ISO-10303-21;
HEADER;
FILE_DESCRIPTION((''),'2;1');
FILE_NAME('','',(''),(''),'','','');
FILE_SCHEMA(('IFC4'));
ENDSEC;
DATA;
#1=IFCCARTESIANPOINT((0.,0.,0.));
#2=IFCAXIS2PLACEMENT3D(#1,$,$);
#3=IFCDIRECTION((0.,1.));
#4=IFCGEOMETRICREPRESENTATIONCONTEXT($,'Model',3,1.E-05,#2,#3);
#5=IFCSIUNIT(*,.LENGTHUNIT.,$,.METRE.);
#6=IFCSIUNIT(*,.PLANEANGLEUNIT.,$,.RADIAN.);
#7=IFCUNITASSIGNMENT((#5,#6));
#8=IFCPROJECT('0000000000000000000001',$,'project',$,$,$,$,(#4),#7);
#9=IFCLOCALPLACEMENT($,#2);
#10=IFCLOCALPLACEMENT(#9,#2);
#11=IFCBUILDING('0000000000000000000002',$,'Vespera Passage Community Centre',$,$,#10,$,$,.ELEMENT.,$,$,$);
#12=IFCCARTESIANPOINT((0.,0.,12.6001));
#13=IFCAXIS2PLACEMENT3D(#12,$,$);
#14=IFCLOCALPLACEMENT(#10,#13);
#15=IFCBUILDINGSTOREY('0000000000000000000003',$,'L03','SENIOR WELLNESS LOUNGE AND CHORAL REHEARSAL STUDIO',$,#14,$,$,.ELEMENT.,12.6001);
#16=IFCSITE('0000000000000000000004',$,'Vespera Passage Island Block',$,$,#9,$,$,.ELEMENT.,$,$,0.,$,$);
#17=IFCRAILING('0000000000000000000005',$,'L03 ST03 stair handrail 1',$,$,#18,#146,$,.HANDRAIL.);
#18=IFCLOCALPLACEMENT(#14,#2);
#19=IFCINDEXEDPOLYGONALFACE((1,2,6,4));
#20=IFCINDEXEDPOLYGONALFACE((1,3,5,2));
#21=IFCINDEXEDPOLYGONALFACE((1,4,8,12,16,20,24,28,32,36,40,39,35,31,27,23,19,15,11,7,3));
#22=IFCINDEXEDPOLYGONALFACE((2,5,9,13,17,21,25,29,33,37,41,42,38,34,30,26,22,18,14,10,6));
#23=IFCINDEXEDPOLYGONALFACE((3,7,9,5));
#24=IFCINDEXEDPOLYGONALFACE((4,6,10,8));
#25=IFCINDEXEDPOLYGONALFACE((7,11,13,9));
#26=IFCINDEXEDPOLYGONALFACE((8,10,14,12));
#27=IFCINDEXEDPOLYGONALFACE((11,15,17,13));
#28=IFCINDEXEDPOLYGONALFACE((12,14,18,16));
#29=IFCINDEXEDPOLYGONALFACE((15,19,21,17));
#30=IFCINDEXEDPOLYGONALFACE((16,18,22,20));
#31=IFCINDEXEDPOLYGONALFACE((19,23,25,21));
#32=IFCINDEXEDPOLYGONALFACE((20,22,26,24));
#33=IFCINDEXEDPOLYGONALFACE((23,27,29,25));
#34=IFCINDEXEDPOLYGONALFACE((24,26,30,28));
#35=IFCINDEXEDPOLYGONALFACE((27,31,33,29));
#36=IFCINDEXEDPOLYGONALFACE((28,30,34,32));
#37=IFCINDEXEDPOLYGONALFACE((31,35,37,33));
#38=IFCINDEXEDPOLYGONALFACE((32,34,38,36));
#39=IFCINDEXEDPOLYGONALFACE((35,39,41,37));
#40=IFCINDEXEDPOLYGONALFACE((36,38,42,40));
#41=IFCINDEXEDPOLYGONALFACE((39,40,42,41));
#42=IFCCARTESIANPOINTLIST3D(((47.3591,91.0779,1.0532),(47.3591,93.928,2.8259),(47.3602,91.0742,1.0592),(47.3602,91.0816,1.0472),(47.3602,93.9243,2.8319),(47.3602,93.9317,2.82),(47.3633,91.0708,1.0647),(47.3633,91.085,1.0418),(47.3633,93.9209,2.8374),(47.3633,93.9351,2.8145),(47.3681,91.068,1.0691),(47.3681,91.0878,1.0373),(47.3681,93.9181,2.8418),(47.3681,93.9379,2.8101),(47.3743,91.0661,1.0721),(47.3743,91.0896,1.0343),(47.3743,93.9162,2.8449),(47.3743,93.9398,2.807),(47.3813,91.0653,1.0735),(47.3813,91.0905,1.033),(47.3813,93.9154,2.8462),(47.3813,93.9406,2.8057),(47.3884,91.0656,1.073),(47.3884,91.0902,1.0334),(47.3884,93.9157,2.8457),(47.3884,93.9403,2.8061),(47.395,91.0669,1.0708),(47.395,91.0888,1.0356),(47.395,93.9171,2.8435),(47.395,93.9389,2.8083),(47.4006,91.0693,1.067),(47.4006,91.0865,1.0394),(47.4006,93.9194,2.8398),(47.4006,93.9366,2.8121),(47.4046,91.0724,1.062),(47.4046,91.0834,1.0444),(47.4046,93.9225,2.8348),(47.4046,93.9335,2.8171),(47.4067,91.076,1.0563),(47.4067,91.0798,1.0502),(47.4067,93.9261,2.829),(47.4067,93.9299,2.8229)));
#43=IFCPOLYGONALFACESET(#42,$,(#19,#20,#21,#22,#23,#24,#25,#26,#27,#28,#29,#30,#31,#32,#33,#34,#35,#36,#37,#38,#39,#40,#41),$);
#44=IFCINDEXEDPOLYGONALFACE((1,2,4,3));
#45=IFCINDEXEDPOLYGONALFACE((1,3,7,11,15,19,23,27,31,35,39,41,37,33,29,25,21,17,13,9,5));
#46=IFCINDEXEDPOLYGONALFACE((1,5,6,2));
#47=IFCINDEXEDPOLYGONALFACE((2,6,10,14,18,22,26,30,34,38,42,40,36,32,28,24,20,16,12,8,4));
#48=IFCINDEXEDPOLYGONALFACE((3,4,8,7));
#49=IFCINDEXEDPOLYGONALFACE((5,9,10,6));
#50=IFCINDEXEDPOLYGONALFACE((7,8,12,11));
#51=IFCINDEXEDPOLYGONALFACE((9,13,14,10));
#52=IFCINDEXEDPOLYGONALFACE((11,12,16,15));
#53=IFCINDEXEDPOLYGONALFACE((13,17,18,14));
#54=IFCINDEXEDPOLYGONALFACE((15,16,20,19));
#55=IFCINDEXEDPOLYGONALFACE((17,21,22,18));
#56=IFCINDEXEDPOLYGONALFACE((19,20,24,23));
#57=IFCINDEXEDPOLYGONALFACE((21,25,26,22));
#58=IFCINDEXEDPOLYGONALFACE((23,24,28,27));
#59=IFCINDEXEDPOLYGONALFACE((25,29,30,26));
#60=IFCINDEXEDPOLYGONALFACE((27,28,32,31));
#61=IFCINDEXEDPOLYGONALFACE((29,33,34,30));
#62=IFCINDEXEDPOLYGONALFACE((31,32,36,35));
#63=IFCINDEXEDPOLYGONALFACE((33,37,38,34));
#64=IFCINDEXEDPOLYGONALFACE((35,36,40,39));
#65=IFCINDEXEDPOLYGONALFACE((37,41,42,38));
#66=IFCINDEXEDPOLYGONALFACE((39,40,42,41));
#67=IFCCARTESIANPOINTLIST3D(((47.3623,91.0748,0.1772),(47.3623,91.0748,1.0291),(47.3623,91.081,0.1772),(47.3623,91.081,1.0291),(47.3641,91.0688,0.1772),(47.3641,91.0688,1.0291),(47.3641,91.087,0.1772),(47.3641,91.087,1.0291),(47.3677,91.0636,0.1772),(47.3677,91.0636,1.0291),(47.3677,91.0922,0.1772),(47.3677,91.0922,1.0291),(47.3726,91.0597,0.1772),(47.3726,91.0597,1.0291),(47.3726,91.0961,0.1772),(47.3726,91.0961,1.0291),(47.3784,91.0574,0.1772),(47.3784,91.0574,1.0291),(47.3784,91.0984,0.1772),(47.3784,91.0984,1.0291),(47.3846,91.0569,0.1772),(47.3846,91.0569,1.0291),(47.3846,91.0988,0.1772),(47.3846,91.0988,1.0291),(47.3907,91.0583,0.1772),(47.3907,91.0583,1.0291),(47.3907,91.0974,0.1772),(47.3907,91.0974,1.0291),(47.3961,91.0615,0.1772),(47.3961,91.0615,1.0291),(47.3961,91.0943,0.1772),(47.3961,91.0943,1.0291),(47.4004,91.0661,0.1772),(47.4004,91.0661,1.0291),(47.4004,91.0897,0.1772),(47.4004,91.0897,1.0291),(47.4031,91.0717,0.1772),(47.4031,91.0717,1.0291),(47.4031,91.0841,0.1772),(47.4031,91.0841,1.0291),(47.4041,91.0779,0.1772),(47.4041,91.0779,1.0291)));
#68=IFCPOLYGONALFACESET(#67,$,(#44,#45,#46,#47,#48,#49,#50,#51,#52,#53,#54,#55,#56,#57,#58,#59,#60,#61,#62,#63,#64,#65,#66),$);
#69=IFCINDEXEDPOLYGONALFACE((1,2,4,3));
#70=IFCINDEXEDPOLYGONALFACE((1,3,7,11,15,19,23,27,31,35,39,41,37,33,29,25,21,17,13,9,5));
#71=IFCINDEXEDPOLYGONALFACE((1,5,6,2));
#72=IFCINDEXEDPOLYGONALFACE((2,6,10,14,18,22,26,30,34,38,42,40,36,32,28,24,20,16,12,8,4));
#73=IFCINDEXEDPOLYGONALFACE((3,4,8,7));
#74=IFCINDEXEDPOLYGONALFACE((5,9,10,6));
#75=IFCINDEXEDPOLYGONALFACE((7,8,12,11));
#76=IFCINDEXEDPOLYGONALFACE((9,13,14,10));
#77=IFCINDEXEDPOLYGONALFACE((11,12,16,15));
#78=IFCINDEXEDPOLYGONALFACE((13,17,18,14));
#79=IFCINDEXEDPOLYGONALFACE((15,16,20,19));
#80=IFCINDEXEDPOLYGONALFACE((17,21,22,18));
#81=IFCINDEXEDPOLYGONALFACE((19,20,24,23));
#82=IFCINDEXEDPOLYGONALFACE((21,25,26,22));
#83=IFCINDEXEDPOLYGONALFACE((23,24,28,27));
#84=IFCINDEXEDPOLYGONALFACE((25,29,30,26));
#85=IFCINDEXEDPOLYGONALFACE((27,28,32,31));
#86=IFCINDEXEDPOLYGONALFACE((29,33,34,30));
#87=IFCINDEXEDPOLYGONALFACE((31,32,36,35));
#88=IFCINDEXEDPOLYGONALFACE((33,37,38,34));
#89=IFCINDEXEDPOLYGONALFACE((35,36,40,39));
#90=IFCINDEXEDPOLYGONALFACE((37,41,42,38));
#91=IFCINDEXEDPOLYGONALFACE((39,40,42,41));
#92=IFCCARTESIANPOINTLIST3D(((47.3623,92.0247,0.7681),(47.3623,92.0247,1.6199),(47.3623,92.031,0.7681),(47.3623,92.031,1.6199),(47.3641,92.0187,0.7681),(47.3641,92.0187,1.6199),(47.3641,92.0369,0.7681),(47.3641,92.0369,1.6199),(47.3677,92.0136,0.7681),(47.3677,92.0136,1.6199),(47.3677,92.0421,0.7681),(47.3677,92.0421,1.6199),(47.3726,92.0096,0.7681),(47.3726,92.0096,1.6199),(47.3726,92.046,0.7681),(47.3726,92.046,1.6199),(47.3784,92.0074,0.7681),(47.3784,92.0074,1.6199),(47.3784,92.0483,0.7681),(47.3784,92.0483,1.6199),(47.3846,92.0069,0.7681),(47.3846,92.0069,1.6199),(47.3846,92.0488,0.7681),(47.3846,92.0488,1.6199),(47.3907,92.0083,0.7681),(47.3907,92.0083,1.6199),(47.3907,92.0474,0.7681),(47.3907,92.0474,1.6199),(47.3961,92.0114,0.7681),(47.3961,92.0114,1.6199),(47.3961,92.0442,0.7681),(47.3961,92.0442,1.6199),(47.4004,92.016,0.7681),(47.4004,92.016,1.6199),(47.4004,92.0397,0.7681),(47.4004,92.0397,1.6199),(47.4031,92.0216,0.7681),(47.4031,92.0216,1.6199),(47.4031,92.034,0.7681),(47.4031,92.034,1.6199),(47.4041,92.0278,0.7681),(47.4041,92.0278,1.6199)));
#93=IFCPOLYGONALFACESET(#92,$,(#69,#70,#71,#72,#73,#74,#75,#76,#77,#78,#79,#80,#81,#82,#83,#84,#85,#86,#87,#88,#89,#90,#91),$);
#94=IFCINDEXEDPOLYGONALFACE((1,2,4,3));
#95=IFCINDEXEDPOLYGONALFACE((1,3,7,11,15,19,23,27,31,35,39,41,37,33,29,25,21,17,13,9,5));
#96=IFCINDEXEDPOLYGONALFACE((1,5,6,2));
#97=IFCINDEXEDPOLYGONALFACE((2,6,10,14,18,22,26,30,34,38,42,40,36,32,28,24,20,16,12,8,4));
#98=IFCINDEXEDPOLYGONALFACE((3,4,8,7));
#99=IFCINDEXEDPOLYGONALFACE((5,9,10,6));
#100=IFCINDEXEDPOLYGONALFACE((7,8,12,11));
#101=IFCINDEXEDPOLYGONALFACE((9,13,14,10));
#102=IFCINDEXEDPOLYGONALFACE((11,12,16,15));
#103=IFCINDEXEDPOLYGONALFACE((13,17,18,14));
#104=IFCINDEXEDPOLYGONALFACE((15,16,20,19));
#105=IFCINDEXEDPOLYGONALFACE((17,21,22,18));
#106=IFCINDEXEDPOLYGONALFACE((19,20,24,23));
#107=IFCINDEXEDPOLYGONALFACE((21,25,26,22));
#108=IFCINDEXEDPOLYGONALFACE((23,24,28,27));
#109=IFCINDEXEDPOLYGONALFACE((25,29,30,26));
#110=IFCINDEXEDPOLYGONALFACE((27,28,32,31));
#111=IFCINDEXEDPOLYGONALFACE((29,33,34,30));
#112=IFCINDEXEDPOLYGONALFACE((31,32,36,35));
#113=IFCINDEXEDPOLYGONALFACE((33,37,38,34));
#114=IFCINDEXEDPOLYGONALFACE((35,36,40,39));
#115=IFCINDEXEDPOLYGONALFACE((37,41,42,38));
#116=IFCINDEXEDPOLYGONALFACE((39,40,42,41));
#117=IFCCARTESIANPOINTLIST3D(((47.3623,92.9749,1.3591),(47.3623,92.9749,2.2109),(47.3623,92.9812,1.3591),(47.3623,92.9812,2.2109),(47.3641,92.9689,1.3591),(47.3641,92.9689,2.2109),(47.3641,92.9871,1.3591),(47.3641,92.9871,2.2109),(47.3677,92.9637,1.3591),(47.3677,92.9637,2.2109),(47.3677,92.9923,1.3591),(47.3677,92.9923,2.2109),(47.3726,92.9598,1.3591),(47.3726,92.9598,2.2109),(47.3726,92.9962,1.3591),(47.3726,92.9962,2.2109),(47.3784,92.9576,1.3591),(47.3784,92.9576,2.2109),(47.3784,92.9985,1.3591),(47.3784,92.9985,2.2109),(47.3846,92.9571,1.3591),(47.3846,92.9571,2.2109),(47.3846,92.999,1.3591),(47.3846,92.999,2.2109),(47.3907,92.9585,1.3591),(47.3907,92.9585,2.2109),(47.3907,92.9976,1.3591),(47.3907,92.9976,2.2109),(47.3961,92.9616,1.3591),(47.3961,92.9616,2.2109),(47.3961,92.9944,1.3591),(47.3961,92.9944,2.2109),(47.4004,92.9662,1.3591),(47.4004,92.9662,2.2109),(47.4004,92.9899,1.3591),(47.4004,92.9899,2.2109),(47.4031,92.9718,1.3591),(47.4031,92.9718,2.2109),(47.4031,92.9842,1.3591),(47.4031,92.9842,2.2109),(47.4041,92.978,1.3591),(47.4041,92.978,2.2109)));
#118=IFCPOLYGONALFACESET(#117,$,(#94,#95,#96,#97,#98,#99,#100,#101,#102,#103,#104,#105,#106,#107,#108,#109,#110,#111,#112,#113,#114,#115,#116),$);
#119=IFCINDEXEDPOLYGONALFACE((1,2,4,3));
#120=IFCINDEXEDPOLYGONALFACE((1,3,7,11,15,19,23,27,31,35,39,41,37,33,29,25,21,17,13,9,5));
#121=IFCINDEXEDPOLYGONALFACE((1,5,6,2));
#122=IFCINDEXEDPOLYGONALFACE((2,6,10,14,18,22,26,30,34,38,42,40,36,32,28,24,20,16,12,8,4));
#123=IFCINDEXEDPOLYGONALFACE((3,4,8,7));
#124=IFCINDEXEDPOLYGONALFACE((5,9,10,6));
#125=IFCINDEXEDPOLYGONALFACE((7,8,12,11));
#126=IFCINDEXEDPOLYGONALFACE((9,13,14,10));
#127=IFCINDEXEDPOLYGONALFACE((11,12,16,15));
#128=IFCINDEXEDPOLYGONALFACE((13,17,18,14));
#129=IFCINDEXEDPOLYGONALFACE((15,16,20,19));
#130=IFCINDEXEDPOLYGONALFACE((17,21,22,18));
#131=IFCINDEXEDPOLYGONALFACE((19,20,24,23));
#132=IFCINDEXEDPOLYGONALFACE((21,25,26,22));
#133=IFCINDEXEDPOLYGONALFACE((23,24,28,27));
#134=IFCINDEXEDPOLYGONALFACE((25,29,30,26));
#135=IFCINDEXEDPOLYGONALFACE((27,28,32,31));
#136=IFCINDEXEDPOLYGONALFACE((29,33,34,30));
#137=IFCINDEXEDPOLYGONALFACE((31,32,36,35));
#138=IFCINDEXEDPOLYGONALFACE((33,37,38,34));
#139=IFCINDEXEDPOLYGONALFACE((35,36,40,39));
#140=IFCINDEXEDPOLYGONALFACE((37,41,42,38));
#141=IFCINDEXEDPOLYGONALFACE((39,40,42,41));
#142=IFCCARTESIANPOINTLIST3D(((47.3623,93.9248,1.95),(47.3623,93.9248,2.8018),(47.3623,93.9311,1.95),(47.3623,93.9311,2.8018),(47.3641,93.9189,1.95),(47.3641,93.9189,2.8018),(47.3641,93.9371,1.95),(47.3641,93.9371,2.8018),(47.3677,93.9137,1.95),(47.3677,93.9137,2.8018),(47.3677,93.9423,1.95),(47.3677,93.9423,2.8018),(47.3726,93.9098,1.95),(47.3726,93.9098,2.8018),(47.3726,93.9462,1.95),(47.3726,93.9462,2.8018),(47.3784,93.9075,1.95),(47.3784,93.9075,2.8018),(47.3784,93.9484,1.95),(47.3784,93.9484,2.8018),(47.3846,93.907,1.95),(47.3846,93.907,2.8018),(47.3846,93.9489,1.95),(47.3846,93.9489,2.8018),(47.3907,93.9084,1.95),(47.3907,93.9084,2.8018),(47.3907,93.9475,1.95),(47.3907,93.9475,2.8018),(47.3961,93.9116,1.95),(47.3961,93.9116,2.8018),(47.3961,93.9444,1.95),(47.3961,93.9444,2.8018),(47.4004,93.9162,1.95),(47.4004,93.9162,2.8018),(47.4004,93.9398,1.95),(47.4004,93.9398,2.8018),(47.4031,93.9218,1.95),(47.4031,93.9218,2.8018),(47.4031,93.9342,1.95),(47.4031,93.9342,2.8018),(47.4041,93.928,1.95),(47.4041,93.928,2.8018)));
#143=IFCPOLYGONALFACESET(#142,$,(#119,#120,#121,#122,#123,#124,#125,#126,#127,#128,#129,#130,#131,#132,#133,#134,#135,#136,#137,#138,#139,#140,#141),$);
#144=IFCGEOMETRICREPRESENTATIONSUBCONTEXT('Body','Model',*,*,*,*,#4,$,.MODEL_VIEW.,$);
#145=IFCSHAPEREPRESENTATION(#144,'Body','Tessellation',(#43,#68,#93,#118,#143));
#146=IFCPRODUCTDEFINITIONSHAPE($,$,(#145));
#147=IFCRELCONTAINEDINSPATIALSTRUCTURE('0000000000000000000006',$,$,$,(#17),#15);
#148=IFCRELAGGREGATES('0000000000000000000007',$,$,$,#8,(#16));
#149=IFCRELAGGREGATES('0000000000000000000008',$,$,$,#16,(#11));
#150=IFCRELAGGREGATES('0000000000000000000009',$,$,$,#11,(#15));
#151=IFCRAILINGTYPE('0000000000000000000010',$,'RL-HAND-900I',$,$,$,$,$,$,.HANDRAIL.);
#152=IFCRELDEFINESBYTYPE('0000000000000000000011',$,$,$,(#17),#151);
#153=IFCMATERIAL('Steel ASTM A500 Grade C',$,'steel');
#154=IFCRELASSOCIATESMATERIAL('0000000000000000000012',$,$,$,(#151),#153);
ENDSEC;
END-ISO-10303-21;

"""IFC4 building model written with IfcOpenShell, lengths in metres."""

from ifc_helpers import new_model, si_unit, direction, frame, origin, origin_2d, place, context, subcontext, project, spatial, circle, extrude, material, type_object, element, save


model = new_model("IFC4")

# Units and contexts
model_context = context("Model", 3, precision=1e-05, world=origin(), true_north=direction((0.0, 1.0)))
body_context = subcontext(model_context, "Body", "Model", "MODEL_VIEW")
ifc_project = project(units=[si_unit("LENGTHUNIT", "METRE"), si_unit("PLANEANGLEUNIT", "RADIAN")], contexts=[model_context])

# Site, building, storey
site_placement = place(None, origin())
site = spatial("IfcSite", under=ifc_project, at=site_placement, Name="Vespera Passage Island Block", CompositionType="ELEMENT", RefElevation=0.0)
building_placement = place(site_placement, origin())
building = spatial("IfcBuilding", under=site, at=building_placement, Name="Vespera Passage Community Centre", CompositionType="ELEMENT")
storey_placement = place(building_placement, frame((0.0, 0.0, 12.6001)))
storey = spatial("IfcBuildingStorey", under=building, at=storey_placement, Name="L03", Description="SENIOR WELLNESS LOUNGE AND CHORAL REHEARSAL STUDIO", CompositionType="ELEMENT", Elevation=12.6001)

# Railing
ifc_material_1 = material(Name="Steel ASTM A500 Grade C", Category="steel")
railing_type_1 = type_object("IfcRailingType", Name="RL-HAND-900I", PredefinedType="HANDRAIL", material=ifc_material_1)
railing_1_placement = place(storey_placement, frame((47.3831, 91.0779, 0.1772)))
element("IfcRailing", 1, at=railing_1_placement, inside=storey, type_object=railing_type_1, Name="L03 ST03 stair handrail 1", PredefinedType="HANDRAIL", context=body_context, shape_type="SweptSolid", body=[
    extrude(circle(Radius=0.0239, at=origin_2d()), frame((0.0, 0.0, 0.876), z_axis=(0.0, 0.849149, 0.528154), x_axis=(-1.0, 0.0, 0.0)), (0.0, 0.0, 1.0), 3.3564),
    extrude(circle(Radius=0.021, at=origin_2d()), origin(), (0.0, 0.0, 1.0), 0.8518),
    extrude(circle(Radius=0.021, at=origin_2d()), frame((0.0, 0.95, 0.5908)), (0.0, 0.0, 1.0), 0.8518),
    extrude(circle(Radius=0.021, at=origin_2d()), frame((0.0, 1.9001, 1.1819)), (0.0, 0.0, 1.0), 0.8518),
    extrude(circle(Radius=0.021, at=origin_2d()), frame((0.0, 2.8501, 1.7727)), (0.0, 0.0, 1.0), 0.8518),
])

save(model, "model.ifc")
